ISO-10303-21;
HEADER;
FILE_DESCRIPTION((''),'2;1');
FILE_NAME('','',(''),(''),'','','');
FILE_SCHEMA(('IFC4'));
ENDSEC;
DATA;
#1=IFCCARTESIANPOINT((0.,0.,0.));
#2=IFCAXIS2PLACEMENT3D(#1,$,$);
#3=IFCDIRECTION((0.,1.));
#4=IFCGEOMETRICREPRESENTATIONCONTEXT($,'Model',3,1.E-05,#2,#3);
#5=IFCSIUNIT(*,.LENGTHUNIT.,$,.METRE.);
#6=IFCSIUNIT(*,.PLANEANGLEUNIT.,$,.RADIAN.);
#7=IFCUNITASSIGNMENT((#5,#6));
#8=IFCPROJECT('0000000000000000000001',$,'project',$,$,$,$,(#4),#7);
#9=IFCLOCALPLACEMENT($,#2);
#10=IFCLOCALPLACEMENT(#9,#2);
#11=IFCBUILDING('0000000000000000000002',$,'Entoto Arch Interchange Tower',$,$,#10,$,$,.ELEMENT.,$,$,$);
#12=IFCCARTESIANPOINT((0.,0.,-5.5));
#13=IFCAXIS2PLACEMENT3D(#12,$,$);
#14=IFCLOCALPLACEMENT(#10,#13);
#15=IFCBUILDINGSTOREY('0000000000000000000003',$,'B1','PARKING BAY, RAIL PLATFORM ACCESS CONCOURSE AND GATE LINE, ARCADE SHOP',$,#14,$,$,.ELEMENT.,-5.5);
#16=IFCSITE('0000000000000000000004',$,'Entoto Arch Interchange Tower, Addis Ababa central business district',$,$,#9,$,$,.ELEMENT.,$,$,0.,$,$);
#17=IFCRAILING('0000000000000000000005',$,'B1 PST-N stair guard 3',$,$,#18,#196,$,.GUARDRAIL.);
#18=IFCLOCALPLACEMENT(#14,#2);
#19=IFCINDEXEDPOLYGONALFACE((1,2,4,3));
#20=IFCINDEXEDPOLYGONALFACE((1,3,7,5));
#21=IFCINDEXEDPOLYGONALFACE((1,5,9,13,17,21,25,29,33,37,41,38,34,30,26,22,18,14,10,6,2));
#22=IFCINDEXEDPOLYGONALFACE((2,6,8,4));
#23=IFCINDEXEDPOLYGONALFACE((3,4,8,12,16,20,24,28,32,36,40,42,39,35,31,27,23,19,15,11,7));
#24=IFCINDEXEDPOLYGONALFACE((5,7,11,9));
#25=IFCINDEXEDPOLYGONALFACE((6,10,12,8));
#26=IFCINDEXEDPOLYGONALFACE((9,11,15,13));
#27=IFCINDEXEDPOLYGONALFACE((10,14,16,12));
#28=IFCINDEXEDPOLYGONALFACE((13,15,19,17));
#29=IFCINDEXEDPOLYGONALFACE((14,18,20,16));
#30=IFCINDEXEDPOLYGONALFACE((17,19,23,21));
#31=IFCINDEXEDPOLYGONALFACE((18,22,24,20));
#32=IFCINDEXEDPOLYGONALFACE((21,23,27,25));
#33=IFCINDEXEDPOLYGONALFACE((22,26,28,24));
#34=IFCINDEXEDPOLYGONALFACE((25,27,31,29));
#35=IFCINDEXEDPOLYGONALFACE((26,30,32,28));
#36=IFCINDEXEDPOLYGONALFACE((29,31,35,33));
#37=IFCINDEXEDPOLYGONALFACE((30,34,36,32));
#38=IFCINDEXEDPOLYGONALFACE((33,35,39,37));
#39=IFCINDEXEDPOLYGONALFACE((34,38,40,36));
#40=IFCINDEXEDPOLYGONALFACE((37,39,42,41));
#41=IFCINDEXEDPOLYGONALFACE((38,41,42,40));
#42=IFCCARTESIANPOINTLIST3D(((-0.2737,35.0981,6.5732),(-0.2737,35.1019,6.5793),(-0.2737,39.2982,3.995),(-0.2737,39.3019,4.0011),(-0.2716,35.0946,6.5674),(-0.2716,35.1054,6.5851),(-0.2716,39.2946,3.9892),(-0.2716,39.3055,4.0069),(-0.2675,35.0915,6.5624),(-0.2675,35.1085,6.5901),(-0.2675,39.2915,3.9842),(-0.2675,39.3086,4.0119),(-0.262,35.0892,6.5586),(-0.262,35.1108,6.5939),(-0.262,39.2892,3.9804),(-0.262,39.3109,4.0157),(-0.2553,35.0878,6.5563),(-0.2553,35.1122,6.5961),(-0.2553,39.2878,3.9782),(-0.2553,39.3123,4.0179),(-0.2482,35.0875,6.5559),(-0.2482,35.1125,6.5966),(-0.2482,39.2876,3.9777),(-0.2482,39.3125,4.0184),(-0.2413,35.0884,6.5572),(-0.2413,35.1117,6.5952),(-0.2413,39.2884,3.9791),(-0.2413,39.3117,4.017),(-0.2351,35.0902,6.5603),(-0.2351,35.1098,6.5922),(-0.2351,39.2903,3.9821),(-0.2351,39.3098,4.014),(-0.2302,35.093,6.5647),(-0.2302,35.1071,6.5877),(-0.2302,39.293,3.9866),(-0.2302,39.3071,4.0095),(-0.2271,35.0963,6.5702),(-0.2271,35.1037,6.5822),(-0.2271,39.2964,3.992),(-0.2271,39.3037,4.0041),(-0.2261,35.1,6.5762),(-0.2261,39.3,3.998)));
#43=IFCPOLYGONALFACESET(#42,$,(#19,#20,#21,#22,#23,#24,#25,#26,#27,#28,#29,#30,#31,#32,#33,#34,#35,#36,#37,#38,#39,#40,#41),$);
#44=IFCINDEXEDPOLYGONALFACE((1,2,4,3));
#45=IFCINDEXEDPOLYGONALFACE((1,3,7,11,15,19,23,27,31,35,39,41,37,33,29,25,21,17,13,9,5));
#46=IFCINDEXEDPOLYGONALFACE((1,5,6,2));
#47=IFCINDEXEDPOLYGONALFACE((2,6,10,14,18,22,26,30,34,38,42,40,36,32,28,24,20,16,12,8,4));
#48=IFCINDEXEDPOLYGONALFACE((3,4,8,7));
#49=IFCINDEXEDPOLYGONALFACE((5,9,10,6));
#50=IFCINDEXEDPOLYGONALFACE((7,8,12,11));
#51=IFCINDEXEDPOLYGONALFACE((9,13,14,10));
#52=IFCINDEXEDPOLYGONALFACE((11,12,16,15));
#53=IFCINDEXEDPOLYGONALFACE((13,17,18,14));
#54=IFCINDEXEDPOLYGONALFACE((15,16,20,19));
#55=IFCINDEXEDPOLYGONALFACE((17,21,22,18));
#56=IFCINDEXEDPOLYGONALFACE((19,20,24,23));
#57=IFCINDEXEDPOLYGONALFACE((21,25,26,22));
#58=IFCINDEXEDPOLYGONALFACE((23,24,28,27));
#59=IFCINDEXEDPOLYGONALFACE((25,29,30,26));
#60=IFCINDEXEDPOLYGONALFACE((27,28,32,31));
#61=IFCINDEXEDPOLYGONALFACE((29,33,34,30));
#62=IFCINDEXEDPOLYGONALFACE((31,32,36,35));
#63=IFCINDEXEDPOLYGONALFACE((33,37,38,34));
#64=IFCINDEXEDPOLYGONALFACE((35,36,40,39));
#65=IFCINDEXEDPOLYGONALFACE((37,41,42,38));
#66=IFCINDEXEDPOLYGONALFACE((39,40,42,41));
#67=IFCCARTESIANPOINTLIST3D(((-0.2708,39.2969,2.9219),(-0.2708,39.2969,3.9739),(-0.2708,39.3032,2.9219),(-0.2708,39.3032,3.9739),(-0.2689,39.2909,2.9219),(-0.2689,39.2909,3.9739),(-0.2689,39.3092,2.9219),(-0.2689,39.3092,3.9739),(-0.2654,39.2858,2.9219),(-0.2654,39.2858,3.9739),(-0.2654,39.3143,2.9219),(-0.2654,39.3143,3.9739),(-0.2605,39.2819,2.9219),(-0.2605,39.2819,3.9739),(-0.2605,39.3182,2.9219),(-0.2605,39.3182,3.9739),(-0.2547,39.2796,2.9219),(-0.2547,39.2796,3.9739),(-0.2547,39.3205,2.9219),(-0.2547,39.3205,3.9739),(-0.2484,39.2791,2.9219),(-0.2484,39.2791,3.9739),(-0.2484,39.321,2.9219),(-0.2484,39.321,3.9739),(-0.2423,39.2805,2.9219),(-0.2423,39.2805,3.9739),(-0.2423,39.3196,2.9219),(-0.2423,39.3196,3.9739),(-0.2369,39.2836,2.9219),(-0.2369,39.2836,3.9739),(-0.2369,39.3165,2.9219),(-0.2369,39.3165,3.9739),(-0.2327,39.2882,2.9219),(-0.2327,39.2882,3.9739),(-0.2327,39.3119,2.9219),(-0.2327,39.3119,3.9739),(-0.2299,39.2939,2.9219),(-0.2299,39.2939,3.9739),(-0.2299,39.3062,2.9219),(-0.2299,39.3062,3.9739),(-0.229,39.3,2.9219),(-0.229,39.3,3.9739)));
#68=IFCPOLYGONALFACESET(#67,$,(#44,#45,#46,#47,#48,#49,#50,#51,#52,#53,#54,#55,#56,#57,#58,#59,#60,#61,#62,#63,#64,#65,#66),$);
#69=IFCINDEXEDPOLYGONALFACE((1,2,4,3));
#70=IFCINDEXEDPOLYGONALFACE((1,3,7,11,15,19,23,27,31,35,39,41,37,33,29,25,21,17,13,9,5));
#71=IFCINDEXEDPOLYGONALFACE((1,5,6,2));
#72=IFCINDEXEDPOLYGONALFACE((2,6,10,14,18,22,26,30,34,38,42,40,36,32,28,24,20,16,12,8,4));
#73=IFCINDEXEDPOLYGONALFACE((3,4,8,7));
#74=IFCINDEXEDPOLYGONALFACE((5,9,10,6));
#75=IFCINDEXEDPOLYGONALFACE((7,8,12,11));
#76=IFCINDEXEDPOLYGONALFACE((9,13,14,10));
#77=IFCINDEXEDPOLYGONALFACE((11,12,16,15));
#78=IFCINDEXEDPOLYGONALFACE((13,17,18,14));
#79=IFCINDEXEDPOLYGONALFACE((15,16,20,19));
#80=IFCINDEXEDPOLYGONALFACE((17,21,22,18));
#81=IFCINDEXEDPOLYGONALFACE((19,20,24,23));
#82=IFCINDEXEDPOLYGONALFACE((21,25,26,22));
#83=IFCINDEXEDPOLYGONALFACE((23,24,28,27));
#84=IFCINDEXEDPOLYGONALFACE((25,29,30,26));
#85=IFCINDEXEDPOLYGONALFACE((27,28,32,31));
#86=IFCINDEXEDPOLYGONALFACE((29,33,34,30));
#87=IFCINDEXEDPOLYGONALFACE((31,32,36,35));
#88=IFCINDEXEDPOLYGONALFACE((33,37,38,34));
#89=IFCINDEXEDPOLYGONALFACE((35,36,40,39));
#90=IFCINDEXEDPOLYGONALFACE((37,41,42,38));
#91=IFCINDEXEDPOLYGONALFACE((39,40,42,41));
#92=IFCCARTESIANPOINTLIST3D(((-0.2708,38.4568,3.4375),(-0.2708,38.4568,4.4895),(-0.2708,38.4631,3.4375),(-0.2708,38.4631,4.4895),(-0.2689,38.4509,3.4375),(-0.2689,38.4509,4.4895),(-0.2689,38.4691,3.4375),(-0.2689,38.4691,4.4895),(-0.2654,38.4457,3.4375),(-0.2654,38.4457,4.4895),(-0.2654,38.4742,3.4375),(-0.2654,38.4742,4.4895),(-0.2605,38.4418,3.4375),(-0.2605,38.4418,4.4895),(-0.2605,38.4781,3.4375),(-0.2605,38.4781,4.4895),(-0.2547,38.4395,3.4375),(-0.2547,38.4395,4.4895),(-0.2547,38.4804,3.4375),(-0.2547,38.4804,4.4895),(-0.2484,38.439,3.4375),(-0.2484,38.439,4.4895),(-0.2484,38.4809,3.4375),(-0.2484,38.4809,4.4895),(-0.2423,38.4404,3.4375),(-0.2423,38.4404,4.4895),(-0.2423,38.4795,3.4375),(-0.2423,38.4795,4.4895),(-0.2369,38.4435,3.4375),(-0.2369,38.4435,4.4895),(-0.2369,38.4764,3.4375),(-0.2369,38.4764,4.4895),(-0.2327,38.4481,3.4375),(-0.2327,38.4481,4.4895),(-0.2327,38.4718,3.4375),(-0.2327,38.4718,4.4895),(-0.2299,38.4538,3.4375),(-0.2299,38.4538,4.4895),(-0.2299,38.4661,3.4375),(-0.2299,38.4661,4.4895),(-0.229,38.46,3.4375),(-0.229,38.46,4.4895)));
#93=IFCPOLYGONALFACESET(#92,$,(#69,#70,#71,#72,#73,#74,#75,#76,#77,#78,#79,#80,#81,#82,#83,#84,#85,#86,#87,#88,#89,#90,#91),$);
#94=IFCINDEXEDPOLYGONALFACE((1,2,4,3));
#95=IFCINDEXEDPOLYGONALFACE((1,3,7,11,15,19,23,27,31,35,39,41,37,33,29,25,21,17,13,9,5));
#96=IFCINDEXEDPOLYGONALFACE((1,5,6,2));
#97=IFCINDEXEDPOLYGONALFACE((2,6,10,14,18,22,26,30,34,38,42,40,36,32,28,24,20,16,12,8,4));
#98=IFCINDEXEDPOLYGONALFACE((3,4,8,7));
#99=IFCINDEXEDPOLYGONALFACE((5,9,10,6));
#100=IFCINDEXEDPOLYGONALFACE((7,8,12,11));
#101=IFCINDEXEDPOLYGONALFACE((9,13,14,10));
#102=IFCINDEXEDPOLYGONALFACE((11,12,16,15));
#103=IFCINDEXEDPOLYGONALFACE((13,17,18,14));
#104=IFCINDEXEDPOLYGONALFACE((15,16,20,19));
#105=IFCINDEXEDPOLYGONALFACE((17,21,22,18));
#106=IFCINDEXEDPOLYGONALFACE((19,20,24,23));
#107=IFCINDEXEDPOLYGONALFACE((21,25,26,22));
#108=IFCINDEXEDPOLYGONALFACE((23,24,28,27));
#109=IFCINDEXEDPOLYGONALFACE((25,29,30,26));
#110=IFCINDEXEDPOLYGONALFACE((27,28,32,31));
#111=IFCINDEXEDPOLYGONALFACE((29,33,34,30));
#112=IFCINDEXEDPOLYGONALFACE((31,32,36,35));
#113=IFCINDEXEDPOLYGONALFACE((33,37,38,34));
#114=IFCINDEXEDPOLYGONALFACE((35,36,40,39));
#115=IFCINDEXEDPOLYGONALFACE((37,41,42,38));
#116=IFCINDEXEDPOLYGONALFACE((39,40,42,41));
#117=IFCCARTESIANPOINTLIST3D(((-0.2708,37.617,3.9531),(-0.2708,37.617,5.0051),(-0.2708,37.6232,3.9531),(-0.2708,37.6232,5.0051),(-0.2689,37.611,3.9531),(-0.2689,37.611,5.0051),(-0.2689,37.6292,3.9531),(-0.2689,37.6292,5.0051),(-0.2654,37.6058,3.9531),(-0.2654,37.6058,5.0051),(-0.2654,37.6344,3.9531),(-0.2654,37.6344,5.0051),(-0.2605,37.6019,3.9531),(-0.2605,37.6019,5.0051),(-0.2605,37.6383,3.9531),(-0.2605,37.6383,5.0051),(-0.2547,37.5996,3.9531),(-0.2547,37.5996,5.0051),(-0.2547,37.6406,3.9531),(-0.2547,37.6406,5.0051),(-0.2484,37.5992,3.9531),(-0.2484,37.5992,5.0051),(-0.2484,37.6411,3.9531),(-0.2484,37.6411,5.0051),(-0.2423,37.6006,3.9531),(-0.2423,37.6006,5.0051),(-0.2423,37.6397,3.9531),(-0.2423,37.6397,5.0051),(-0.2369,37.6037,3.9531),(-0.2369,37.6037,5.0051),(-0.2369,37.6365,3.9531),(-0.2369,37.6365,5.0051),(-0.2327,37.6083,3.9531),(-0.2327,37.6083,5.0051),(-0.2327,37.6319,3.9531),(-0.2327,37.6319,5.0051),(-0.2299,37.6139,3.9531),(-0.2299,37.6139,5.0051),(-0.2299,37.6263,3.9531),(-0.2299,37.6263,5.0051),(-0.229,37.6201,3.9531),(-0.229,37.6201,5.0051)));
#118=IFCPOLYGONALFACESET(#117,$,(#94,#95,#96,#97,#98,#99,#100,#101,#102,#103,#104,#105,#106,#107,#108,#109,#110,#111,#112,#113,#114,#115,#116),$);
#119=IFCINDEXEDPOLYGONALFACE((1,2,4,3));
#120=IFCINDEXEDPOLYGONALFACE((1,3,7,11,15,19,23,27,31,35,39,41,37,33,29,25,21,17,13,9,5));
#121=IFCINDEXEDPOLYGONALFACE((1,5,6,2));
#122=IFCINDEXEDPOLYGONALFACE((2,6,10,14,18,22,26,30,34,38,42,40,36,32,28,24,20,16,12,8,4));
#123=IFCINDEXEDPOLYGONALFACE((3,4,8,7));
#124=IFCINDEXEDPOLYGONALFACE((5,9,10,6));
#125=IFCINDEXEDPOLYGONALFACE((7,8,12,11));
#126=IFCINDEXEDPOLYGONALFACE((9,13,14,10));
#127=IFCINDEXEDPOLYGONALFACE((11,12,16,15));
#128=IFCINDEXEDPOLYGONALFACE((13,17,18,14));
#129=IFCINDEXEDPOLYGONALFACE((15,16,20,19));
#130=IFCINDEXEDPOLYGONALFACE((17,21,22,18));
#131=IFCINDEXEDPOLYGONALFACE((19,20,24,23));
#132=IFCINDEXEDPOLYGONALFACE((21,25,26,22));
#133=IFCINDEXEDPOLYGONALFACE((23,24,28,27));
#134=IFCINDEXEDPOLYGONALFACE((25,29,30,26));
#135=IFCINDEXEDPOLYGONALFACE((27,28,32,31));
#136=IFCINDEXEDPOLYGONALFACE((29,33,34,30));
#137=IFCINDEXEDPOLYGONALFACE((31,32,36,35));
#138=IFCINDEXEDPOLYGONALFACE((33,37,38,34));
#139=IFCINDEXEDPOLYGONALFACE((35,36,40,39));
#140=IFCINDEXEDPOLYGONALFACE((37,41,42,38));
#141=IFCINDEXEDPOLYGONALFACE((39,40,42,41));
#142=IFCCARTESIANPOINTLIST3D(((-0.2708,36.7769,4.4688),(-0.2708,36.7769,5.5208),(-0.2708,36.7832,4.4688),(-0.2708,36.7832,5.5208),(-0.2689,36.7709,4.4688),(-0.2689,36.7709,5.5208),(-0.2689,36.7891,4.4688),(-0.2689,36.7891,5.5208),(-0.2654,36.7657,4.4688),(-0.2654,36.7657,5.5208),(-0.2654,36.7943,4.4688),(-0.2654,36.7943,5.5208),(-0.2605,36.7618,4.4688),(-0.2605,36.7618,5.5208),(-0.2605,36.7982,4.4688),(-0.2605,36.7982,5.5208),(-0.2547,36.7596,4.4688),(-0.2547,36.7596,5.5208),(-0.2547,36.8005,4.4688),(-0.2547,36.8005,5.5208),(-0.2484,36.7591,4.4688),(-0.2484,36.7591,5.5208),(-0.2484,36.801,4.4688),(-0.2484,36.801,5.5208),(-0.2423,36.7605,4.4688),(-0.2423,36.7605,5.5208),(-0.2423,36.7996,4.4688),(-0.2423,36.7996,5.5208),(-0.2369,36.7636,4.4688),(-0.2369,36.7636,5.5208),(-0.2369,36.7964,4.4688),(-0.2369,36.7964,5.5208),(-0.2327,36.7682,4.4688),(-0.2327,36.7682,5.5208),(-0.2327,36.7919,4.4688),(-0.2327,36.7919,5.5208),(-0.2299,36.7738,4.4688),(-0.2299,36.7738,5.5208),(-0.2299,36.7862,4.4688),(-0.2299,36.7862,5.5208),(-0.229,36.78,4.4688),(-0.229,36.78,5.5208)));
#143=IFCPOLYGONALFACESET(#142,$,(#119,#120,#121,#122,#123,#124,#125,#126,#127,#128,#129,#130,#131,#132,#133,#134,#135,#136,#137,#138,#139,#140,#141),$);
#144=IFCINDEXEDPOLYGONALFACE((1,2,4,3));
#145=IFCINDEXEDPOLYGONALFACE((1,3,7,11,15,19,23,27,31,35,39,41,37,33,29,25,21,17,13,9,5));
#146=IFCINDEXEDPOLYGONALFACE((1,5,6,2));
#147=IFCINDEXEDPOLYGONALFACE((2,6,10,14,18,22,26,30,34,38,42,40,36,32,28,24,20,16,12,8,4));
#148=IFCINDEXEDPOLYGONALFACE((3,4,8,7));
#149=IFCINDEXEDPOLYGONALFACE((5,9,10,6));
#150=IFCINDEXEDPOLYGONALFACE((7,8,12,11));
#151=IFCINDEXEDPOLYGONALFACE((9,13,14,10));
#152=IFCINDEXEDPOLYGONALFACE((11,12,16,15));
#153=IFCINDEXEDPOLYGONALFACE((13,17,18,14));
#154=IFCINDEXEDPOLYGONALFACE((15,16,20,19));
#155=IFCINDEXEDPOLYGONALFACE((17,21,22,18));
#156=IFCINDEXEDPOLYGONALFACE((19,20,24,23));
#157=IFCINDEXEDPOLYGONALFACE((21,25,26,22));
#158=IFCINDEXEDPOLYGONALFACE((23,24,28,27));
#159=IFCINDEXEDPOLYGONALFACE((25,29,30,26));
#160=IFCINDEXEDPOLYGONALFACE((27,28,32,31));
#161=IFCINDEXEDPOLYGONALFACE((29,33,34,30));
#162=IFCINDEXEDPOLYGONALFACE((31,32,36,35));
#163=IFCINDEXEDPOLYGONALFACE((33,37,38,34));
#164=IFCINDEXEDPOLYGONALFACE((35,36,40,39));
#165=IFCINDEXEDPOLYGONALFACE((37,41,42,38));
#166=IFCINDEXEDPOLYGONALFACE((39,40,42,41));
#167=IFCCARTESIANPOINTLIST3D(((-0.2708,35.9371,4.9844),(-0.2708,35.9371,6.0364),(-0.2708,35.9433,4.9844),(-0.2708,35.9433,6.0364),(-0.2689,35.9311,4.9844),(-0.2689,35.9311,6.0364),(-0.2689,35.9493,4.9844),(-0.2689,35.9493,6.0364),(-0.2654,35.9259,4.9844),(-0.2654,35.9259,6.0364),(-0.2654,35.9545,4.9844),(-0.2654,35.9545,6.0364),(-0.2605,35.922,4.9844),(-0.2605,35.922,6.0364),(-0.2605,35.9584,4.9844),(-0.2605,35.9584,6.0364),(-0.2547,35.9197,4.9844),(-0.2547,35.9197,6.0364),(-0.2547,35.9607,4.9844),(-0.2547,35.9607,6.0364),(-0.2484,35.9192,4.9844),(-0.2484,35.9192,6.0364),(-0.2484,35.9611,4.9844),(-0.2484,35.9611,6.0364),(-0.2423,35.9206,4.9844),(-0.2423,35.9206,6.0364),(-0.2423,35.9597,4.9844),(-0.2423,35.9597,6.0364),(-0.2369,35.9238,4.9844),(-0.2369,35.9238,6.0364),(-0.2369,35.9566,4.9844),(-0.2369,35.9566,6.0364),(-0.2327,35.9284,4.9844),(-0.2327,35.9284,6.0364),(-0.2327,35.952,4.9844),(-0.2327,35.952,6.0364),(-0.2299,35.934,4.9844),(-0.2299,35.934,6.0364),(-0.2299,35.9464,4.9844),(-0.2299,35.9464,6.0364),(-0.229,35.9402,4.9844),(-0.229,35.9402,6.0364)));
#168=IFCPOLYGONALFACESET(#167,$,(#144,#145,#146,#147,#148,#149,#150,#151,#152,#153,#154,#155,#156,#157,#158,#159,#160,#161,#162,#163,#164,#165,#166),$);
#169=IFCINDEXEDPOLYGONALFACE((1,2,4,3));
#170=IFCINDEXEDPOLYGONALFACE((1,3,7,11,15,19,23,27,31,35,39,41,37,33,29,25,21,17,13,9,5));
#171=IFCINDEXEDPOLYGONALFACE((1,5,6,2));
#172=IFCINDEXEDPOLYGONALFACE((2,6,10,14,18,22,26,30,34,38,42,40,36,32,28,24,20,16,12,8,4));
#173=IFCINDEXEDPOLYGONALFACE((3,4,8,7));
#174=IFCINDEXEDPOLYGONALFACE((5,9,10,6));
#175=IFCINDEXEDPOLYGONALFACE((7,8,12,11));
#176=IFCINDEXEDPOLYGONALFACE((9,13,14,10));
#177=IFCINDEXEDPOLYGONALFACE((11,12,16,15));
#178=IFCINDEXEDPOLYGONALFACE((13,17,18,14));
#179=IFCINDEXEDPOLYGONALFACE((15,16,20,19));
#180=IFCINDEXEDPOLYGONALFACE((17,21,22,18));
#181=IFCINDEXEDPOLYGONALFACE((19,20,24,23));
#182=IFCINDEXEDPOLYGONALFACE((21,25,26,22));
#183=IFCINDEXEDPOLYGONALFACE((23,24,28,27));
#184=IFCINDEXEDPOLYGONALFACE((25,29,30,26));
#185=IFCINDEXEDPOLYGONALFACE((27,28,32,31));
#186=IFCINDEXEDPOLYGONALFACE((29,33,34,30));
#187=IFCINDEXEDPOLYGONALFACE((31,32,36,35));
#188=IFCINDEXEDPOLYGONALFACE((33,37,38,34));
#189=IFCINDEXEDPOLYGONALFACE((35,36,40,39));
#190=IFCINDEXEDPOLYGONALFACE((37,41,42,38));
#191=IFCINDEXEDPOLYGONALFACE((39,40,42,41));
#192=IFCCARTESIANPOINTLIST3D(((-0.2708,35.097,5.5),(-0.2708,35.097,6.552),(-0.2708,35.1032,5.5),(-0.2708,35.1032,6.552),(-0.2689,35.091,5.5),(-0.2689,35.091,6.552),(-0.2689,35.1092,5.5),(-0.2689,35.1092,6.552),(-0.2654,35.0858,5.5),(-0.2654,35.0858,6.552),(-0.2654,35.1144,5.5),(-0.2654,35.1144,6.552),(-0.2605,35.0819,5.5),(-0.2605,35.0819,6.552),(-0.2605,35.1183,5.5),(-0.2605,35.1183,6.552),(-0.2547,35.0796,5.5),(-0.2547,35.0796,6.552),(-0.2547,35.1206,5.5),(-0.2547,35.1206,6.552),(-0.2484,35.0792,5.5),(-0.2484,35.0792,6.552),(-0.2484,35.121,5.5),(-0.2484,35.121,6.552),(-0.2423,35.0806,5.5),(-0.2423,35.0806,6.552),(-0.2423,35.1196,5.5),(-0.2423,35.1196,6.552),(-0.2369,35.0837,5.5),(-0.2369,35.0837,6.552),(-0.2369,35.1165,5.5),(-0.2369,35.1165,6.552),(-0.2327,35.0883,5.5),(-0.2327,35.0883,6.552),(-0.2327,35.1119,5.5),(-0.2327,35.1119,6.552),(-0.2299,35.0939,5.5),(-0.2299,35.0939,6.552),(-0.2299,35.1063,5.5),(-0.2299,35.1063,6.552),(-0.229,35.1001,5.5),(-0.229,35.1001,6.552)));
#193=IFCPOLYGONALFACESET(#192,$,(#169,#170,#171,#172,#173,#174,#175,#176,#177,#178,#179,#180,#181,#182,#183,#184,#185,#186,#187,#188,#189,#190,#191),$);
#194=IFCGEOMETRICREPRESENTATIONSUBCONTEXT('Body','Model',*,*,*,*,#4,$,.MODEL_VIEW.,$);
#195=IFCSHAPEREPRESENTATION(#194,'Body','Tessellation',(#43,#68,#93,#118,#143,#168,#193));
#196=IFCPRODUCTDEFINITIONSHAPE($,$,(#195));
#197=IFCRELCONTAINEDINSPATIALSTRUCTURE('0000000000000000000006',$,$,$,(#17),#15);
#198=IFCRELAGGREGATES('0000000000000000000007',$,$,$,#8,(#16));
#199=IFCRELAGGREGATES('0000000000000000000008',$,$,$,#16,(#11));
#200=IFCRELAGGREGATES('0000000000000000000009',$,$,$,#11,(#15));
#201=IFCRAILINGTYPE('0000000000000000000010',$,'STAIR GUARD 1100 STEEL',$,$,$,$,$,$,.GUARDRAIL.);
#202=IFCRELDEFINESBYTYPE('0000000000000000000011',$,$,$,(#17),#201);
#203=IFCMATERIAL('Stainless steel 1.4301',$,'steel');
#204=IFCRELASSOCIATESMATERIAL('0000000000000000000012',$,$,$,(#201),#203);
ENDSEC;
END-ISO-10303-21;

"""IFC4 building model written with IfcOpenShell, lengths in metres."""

from ifc_helpers import new_model, si_unit, direction, frame, origin, origin_2d, place, context, subcontext, project, spatial, circle, extrude, material, type_object, element, save


model = new_model("IFC4")

# Units and contexts
model_context = context("Model", 3, precision=1e-05, world=origin(), true_north=direction((0.0, 1.0)))
body_context = subcontext(model_context, "Body", "Model", "MODEL_VIEW")
ifc_project = project(units=[si_unit("LENGTHUNIT", "METRE"), si_unit("PLANEANGLEUNIT", "RADIAN")], contexts=[model_context])

# Site, building, storey
site_placement = place(None, origin())
site = spatial("IfcSite", under=ifc_project, at=site_placement, Name="Entoto Arch Interchange Tower, Addis Ababa central business district", CompositionType="ELEMENT", RefElevation=0.0)
building_placement = place(site_placement, origin())
building = spatial("IfcBuilding", under=site, at=building_placement, Name="Entoto Arch Interchange Tower", CompositionType="ELEMENT")
storey_placement = place(building_placement, frame((0.0, 0.0, -5.5)))
storey = spatial("IfcBuildingStorey", under=building, at=storey_placement, Name="B1", Description="PARKING BAY, RAIL PLATFORM ACCESS CONCOURSE AND GATE LINE, ARCADE SHOP", CompositionType="ELEMENT", Elevation=-5.5)

# Railing
ifc_material_1 = material(Name="Stainless steel 1.4301", Category="steel")
railing_type_1 = type_object("IfcRailingType", Name="STAIR GUARD 1100 STEEL", PredefinedType="GUARDRAIL", material=ifc_material_1)
railing_1_placement = place(storey_placement, frame((-0.25, 39.3, 2.9219)))
element("IfcRailing", 1, at=railing_1_placement, inside=storey, type_object=railing_type_1, Name="B1 PST-N stair guard 3", PredefinedType="GUARDRAIL", context=body_context, shape_type="SweptSolid", body=[
    extrude(circle(Radius=0.0239, at=origin_2d()), frame((0.0, 0.0, 1.0762), z_axis=(0.0, -0.852243, 0.523146), x_axis=(1.0, 0.0, 0.0)), (0.0, 0.0, 1.0), 4.9282),
    extrude(circle(Radius=0.021, at=origin_2d()), origin(), (0.0, 0.0, 1.0), 1.052),
    extrude(circle(Radius=0.021, at=origin_2d()), frame((0.0, -0.8401, 0.5156)), (0.0, 0.0, 1.0), 1.052),
    extrude(circle(Radius=0.021, at=origin_2d()), frame((0.0, -1.6799, 1.0312)), (0.0, 0.0, 1.0), 1.052),
    extrude(circle(Radius=0.021, at=origin_2d()), frame((0.0, -2.52, 1.5469)), (0.0, 0.0, 1.0), 1.052),
    extrude(circle(Radius=0.021, at=origin_2d()), frame((0.0, -3.3599, 2.0625)), (0.0, 0.0, 1.0), 1.052),
    extrude(circle(Radius=0.021, at=origin_2d()), frame((0.0, -4.2, 2.5781)), (0.0, 0.0, 1.0), 1.052),
])

save(model, "model.ifc")
